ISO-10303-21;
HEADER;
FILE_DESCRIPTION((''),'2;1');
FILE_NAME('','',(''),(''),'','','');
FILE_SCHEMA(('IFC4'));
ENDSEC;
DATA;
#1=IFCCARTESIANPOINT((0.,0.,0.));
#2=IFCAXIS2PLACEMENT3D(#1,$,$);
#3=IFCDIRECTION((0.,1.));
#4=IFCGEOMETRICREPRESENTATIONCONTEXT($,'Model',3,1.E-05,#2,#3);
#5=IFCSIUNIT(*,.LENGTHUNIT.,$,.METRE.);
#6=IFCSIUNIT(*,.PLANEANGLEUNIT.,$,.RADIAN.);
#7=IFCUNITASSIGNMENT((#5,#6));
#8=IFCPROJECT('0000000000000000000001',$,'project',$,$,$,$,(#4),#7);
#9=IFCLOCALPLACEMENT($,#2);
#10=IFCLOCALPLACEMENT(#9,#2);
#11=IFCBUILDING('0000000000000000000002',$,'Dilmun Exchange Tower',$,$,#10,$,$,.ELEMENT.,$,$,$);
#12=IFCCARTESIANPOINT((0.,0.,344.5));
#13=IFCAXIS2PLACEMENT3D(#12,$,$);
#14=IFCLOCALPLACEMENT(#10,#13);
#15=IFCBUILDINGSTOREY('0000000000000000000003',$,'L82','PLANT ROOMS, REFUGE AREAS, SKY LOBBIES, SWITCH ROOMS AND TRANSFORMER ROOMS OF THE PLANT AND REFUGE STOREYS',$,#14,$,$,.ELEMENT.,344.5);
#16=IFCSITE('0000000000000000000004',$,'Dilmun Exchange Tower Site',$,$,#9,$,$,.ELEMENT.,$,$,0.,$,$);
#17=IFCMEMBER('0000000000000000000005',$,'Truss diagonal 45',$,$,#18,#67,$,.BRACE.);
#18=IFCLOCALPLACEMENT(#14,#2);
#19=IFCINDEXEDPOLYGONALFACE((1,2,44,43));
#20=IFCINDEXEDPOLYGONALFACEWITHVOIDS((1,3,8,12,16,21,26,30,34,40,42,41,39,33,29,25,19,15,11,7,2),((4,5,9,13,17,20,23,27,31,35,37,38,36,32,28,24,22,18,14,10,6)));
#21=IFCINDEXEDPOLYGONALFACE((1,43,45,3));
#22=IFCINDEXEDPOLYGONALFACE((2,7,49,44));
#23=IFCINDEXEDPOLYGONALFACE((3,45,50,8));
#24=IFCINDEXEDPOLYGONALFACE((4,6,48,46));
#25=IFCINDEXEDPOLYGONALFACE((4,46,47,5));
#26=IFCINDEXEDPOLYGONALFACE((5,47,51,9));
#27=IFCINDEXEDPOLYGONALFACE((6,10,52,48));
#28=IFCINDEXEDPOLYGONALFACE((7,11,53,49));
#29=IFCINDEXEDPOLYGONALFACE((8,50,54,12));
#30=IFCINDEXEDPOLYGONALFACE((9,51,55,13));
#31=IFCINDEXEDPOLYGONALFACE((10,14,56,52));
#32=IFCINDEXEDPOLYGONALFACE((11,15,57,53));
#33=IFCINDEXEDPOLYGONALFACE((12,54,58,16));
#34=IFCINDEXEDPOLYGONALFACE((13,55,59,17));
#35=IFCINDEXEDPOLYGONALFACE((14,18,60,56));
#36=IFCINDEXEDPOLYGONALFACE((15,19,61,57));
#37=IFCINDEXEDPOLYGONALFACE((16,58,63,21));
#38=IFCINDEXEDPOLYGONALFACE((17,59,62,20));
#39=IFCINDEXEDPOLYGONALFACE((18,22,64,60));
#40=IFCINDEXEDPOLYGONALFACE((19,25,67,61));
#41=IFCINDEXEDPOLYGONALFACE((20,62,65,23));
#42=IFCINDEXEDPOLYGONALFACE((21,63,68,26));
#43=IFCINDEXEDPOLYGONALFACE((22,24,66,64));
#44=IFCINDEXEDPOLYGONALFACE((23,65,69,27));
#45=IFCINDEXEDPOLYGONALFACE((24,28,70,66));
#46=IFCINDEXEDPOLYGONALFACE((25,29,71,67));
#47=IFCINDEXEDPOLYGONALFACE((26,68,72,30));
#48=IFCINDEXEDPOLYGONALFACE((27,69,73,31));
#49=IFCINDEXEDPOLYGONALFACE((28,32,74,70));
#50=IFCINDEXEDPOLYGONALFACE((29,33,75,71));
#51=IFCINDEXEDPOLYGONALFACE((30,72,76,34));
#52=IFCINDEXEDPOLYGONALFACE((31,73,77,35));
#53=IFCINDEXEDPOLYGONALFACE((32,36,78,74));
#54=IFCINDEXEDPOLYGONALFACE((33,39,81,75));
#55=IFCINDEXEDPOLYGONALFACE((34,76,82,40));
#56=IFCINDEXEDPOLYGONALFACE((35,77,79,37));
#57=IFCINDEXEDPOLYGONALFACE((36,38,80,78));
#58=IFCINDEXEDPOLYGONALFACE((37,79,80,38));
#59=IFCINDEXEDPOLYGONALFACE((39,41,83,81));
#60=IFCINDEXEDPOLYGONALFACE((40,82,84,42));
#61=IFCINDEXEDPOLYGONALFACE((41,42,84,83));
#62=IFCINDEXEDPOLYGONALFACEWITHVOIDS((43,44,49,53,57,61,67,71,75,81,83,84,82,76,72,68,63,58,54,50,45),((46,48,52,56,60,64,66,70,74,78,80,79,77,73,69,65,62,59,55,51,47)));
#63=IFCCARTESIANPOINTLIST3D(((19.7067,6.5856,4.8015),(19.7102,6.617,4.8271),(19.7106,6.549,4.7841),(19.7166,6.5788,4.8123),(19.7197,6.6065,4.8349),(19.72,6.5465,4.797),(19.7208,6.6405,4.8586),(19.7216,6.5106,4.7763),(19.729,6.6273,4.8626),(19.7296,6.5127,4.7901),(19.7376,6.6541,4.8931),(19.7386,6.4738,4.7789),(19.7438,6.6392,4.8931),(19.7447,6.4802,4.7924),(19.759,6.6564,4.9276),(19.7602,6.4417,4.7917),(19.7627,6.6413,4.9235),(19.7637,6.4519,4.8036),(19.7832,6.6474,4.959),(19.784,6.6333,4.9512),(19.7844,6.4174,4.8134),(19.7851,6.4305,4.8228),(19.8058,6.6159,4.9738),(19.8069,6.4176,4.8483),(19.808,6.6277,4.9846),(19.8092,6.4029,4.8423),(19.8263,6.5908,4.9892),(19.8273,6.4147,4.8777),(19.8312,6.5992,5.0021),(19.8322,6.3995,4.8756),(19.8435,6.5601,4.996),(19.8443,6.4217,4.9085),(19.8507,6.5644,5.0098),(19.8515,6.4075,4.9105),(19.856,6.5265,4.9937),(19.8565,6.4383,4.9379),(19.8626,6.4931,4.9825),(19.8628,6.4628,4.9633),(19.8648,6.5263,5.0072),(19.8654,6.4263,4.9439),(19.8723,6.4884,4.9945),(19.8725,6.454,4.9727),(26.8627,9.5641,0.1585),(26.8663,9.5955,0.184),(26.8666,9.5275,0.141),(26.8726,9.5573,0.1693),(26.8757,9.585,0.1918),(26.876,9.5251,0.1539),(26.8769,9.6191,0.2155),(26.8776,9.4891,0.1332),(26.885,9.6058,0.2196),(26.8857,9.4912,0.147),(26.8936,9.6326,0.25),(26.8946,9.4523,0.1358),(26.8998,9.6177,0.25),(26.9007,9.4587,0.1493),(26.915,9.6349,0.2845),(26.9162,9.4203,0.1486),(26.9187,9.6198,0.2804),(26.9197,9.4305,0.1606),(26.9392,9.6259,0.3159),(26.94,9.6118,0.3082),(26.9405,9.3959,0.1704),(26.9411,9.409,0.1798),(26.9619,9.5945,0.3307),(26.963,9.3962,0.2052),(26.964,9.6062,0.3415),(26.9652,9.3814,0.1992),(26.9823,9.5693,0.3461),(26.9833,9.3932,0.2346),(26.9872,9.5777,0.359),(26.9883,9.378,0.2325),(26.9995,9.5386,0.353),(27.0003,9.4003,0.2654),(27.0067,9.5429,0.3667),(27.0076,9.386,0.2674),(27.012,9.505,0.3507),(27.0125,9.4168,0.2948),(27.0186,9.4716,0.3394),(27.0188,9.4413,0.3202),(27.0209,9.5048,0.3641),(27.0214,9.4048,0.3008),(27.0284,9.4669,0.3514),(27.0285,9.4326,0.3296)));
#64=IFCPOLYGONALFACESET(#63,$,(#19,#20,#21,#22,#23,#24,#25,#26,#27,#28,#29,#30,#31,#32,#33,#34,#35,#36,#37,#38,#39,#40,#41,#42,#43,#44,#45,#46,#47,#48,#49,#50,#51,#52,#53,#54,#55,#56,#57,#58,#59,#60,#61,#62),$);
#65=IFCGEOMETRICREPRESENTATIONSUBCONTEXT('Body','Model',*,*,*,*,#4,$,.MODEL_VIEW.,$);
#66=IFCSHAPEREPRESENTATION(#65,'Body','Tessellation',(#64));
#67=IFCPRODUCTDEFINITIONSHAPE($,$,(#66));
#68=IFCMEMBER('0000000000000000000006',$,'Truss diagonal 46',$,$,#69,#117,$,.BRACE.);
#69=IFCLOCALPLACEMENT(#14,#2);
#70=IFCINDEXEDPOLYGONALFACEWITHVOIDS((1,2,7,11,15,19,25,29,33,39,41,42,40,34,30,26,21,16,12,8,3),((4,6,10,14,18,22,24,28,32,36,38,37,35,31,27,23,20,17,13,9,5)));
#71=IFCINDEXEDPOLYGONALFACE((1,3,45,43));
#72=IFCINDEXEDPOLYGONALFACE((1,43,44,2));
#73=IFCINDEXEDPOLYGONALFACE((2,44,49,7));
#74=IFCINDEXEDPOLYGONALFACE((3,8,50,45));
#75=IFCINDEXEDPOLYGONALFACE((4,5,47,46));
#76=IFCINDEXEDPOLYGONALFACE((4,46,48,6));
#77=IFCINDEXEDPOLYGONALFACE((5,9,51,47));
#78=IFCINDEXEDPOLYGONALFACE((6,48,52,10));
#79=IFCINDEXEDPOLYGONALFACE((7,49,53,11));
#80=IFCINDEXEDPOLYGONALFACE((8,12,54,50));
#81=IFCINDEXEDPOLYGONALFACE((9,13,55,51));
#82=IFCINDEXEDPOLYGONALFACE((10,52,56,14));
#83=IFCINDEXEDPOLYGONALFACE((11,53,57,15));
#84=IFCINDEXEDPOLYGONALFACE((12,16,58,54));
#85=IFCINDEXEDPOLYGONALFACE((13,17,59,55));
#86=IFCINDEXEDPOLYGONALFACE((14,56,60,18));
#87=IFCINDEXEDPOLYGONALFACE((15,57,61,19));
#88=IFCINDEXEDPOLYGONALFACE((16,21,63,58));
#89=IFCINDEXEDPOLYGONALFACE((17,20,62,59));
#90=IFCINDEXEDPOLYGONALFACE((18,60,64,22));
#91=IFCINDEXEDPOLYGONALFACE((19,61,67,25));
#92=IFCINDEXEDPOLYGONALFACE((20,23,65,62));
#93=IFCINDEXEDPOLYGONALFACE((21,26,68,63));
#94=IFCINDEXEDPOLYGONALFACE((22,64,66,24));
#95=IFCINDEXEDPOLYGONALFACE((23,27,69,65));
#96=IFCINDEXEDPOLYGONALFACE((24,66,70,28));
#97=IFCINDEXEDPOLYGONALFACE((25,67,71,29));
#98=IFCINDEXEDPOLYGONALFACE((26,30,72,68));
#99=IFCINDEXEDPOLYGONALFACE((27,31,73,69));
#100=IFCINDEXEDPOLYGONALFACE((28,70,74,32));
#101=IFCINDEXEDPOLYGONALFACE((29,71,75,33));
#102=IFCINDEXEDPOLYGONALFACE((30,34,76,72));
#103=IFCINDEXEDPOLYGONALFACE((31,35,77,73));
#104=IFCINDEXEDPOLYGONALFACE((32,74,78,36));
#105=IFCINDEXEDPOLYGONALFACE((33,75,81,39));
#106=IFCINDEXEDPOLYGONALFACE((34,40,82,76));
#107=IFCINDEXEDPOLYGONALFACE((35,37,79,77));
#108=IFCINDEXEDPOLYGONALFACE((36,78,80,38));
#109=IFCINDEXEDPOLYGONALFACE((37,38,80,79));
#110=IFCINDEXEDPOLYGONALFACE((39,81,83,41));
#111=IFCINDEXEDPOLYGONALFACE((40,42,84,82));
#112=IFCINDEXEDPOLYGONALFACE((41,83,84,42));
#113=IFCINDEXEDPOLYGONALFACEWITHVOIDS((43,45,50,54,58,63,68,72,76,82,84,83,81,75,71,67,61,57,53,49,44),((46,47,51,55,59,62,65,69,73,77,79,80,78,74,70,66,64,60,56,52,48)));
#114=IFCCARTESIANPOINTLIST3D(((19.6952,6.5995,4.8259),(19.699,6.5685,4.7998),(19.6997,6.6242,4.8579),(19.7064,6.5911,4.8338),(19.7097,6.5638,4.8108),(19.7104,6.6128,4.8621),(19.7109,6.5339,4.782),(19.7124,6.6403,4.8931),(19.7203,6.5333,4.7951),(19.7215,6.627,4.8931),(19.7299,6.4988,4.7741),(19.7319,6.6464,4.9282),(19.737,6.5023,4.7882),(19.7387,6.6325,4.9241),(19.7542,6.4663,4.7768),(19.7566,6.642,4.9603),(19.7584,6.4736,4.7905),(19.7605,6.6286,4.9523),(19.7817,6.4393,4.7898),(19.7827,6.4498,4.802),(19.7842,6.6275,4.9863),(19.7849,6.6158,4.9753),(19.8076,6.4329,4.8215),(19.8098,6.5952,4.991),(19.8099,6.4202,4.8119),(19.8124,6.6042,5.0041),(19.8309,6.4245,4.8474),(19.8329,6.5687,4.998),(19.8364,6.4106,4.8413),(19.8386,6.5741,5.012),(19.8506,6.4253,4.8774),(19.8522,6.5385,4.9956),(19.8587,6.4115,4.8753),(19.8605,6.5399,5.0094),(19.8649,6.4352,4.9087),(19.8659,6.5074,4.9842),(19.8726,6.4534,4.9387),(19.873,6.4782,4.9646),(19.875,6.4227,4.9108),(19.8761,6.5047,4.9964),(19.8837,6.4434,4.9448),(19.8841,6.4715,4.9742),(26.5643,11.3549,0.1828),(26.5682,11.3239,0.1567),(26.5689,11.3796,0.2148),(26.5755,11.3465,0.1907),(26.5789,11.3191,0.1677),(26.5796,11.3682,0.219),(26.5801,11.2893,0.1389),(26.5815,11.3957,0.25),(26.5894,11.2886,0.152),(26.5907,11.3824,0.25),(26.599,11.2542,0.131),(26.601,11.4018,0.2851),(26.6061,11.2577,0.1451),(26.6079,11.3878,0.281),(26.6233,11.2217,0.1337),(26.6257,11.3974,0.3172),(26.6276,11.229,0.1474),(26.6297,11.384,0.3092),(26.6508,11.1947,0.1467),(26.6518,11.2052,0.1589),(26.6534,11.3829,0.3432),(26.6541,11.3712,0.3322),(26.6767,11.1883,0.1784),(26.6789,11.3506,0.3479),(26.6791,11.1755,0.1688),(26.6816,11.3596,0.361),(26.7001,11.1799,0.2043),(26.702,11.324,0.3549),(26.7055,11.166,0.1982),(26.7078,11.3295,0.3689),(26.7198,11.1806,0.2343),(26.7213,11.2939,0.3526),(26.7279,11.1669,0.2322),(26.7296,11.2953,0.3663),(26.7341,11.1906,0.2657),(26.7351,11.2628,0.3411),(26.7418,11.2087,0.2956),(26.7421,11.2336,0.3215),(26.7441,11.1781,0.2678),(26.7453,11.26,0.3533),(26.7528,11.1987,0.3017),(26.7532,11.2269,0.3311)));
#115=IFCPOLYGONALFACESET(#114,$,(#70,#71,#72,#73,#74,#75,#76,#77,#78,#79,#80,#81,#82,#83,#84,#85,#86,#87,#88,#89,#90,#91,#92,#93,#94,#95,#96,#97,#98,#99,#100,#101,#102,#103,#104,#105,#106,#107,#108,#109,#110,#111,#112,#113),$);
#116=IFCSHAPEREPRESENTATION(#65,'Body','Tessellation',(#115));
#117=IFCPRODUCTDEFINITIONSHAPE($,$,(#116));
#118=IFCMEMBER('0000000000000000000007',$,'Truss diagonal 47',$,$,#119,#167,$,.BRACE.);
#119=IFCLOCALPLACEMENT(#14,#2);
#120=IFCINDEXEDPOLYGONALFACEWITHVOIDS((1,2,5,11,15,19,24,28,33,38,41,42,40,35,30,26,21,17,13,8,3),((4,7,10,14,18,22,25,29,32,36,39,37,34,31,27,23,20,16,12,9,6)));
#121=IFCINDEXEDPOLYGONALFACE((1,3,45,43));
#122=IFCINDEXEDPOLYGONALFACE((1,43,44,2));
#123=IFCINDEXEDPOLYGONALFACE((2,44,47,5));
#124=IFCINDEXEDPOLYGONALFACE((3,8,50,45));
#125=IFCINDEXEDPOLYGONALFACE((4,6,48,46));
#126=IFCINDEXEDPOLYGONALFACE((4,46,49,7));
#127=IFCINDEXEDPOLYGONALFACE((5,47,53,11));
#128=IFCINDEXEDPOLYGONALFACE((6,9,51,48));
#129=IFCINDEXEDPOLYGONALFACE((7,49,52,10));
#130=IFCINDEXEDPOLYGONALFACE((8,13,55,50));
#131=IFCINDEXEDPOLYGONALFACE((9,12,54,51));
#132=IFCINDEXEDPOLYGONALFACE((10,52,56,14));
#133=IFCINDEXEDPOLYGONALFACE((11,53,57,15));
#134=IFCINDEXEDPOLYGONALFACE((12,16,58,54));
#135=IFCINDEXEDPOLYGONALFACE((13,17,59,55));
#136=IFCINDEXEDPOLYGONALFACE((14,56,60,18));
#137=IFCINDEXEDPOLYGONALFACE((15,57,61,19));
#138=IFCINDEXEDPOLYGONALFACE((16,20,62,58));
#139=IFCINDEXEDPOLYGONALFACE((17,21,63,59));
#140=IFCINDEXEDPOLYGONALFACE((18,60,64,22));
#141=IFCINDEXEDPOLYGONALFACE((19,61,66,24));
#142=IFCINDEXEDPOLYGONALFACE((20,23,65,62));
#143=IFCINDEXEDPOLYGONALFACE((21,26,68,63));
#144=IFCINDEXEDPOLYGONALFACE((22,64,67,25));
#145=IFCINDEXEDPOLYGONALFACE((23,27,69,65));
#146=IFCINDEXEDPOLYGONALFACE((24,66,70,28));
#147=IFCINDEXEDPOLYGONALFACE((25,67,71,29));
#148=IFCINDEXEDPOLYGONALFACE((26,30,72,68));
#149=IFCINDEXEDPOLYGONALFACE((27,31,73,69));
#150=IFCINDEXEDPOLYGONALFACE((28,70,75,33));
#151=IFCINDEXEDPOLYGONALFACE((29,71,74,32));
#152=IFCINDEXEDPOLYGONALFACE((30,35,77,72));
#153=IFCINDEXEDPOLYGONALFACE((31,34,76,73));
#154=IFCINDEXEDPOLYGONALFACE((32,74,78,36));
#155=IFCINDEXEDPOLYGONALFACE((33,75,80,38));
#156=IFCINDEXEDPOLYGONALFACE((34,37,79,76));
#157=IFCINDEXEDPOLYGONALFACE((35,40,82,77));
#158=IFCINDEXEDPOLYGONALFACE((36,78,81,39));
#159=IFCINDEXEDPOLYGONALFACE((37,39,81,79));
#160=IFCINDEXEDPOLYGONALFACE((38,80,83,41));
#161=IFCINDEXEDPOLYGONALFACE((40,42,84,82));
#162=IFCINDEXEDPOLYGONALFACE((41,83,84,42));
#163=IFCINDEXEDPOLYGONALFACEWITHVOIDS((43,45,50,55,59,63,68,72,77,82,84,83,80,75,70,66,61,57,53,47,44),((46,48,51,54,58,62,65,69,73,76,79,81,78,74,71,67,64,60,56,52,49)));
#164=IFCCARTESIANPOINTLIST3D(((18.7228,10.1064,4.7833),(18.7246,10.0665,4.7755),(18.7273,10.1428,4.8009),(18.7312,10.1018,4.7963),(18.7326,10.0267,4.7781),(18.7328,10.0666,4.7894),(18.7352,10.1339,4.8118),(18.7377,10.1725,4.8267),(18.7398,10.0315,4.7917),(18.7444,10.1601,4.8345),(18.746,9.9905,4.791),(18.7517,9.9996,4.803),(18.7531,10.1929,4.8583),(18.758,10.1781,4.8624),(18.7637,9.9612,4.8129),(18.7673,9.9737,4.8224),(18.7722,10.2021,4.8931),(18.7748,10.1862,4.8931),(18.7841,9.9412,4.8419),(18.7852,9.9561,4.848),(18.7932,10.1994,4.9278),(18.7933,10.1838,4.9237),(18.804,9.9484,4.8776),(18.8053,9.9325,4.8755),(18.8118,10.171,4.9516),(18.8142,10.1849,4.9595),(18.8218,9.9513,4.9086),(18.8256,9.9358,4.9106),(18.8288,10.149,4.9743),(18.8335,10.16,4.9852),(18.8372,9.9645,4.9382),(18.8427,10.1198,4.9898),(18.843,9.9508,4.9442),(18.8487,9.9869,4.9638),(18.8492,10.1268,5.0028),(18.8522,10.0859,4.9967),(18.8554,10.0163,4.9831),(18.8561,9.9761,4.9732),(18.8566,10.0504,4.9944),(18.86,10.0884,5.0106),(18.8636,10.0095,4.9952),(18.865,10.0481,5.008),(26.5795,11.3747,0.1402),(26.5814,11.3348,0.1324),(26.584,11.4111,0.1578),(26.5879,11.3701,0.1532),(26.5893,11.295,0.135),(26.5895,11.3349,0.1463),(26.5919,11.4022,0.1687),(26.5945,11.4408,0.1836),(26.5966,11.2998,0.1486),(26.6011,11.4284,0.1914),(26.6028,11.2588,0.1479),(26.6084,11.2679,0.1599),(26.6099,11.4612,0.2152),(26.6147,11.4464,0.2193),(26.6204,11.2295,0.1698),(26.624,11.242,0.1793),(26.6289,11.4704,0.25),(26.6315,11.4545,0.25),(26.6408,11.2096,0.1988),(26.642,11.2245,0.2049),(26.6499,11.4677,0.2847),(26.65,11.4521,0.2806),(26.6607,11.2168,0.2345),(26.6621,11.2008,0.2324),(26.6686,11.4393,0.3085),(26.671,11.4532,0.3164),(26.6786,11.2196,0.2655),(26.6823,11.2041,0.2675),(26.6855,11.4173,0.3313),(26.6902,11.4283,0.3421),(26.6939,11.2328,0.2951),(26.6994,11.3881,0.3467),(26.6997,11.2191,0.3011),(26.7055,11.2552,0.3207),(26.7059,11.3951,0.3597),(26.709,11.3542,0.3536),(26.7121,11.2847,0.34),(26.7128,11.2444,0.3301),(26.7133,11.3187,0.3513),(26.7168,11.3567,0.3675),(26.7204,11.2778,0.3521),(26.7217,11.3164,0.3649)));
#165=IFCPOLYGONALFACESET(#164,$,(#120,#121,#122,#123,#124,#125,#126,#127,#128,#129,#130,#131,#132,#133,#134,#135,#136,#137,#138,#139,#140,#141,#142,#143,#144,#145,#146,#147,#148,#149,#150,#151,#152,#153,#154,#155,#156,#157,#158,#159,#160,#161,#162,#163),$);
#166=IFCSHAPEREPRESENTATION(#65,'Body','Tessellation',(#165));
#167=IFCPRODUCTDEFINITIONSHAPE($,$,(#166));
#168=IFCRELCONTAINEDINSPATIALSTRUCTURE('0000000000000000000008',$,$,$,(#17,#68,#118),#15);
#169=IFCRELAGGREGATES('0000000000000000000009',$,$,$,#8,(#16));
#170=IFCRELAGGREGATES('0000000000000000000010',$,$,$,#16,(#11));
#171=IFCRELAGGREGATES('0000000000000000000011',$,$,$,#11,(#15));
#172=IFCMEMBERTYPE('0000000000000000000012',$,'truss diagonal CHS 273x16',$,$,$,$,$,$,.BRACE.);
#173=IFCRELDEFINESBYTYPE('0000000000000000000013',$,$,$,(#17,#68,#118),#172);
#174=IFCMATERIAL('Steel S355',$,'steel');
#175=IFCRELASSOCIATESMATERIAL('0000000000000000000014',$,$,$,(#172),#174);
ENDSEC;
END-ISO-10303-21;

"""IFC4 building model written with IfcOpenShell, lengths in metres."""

from ifc_helpers import new_model, si_unit, direction, frame, origin, origin_2d, place, context, subcontext, project, spatial, hollow_circle, extrude, material, material_profile, profile_set, type_object, element, save


model = new_model("IFC4")

# Units and contexts
model_context = context("Model", 3, precision=1e-05, world=origin(), true_north=direction((0.0, 1.0)))
body_context = subcontext(model_context, "Body", "Model", "MODEL_VIEW")
ifc_project = project(units=[si_unit("LENGTHUNIT", "METRE"), si_unit("PLANEANGLEUNIT", "RADIAN")], contexts=[model_context])

# Site, building, storey
site_placement = place(None, origin())
site = spatial("IfcSite", under=ifc_project, at=site_placement, Name="Dilmun Exchange Tower Site", CompositionType="ELEMENT", RefElevation=0.0)
building_placement = place(site_placement, origin())
building = spatial("IfcBuilding", under=site, at=building_placement, Name="Dilmun Exchange Tower", CompositionType="ELEMENT")
storey_placement = place(building_placement, frame((0.0, 0.0, 344.5)))
storey = spatial("IfcBuildingStorey", under=building, at=storey_placement, Name="L82", Description="PLANT ROOMS, REFUGE AREAS, SKY LOBBIES, SWITCH ROOMS AND TRANSFORMER ROOMS OF THE PLANT AND REFUGE STOREYS", CompositionType="ELEMENT", Elevation=344.5)

# Shared definitions
ifc_material_1 = material(Name="Steel S355", Category="steel")

# Members
ifc_material_profile_1 = material_profile(ifc_material_1, hollow_circle(Radius=0.1365, WallThickness=0.0161, at=origin_2d()), Name="CHS 273x16")
ifc_profile_set_1 = profile_set([ifc_material_profile_1], Name="Steel S355")
member_type = type_object("IfcMemberType", Name="truss diagonal CHS 273x16", PredefinedType="BRACE", material=ifc_profile_set_1)
member_1_placement = place(storey_placement, frame((19.79, 6.5281, 4.8931), z_axis=(0.791999, 0.32965, -0.513876), x_axis=(-0.384269, 0.923221, 0.0)))
element("IfcMember", 1, at=member_1_placement, inside=storey, type_object=member_type, Name="Truss diagonal 45", PredefinedType="BRACE", context=body_context, shape_type="SweptSolid", body=[
    extrude(hollow_circle(Radius=0.1365, WallThickness=0.0161, at=origin_2d()), origin(), (0.0, 0.0, 1.0), 9.0354),
])
member_2_placement = place(storey_placement, frame((19.79, 6.5281, 4.8931), z_axis=(0.718674, 0.497524, -0.485774), x_axis=(-0.569195, 0.822203, 0.0)))
element("IfcMember", 2, at=member_2_placement, inside=storey, type_object=member_type, Name="Truss diagonal 46", PredefinedType="BRACE", context=body_context, shape_type="SweptSolid", body=[
    extrude(hollow_circle(Radius=0.1365, WallThickness=0.0161, at=origin_2d()), origin(), (0.0, 0.0, 1.0), 9.5581),
])
member_3_placement = place(storey_placement, frame((18.7939, 10.0674, 4.8931), z_axis=(0.852708, 0.137653, -0.503925), x_axis=(-0.159367, 0.987219, 0.0)))
element("IfcMember", 3, at=member_3_placement, inside=storey, type_object=member_type, Name="Truss diagonal 47", PredefinedType="BRACE", context=body_context, shape_type="SweptSolid", body=[
    extrude(hollow_circle(Radius=0.1365, WallThickness=0.0161, at=origin_2d()), origin(), (0.0, 0.0, 1.0), 9.2139),
])

save(model, "model.ifc")
